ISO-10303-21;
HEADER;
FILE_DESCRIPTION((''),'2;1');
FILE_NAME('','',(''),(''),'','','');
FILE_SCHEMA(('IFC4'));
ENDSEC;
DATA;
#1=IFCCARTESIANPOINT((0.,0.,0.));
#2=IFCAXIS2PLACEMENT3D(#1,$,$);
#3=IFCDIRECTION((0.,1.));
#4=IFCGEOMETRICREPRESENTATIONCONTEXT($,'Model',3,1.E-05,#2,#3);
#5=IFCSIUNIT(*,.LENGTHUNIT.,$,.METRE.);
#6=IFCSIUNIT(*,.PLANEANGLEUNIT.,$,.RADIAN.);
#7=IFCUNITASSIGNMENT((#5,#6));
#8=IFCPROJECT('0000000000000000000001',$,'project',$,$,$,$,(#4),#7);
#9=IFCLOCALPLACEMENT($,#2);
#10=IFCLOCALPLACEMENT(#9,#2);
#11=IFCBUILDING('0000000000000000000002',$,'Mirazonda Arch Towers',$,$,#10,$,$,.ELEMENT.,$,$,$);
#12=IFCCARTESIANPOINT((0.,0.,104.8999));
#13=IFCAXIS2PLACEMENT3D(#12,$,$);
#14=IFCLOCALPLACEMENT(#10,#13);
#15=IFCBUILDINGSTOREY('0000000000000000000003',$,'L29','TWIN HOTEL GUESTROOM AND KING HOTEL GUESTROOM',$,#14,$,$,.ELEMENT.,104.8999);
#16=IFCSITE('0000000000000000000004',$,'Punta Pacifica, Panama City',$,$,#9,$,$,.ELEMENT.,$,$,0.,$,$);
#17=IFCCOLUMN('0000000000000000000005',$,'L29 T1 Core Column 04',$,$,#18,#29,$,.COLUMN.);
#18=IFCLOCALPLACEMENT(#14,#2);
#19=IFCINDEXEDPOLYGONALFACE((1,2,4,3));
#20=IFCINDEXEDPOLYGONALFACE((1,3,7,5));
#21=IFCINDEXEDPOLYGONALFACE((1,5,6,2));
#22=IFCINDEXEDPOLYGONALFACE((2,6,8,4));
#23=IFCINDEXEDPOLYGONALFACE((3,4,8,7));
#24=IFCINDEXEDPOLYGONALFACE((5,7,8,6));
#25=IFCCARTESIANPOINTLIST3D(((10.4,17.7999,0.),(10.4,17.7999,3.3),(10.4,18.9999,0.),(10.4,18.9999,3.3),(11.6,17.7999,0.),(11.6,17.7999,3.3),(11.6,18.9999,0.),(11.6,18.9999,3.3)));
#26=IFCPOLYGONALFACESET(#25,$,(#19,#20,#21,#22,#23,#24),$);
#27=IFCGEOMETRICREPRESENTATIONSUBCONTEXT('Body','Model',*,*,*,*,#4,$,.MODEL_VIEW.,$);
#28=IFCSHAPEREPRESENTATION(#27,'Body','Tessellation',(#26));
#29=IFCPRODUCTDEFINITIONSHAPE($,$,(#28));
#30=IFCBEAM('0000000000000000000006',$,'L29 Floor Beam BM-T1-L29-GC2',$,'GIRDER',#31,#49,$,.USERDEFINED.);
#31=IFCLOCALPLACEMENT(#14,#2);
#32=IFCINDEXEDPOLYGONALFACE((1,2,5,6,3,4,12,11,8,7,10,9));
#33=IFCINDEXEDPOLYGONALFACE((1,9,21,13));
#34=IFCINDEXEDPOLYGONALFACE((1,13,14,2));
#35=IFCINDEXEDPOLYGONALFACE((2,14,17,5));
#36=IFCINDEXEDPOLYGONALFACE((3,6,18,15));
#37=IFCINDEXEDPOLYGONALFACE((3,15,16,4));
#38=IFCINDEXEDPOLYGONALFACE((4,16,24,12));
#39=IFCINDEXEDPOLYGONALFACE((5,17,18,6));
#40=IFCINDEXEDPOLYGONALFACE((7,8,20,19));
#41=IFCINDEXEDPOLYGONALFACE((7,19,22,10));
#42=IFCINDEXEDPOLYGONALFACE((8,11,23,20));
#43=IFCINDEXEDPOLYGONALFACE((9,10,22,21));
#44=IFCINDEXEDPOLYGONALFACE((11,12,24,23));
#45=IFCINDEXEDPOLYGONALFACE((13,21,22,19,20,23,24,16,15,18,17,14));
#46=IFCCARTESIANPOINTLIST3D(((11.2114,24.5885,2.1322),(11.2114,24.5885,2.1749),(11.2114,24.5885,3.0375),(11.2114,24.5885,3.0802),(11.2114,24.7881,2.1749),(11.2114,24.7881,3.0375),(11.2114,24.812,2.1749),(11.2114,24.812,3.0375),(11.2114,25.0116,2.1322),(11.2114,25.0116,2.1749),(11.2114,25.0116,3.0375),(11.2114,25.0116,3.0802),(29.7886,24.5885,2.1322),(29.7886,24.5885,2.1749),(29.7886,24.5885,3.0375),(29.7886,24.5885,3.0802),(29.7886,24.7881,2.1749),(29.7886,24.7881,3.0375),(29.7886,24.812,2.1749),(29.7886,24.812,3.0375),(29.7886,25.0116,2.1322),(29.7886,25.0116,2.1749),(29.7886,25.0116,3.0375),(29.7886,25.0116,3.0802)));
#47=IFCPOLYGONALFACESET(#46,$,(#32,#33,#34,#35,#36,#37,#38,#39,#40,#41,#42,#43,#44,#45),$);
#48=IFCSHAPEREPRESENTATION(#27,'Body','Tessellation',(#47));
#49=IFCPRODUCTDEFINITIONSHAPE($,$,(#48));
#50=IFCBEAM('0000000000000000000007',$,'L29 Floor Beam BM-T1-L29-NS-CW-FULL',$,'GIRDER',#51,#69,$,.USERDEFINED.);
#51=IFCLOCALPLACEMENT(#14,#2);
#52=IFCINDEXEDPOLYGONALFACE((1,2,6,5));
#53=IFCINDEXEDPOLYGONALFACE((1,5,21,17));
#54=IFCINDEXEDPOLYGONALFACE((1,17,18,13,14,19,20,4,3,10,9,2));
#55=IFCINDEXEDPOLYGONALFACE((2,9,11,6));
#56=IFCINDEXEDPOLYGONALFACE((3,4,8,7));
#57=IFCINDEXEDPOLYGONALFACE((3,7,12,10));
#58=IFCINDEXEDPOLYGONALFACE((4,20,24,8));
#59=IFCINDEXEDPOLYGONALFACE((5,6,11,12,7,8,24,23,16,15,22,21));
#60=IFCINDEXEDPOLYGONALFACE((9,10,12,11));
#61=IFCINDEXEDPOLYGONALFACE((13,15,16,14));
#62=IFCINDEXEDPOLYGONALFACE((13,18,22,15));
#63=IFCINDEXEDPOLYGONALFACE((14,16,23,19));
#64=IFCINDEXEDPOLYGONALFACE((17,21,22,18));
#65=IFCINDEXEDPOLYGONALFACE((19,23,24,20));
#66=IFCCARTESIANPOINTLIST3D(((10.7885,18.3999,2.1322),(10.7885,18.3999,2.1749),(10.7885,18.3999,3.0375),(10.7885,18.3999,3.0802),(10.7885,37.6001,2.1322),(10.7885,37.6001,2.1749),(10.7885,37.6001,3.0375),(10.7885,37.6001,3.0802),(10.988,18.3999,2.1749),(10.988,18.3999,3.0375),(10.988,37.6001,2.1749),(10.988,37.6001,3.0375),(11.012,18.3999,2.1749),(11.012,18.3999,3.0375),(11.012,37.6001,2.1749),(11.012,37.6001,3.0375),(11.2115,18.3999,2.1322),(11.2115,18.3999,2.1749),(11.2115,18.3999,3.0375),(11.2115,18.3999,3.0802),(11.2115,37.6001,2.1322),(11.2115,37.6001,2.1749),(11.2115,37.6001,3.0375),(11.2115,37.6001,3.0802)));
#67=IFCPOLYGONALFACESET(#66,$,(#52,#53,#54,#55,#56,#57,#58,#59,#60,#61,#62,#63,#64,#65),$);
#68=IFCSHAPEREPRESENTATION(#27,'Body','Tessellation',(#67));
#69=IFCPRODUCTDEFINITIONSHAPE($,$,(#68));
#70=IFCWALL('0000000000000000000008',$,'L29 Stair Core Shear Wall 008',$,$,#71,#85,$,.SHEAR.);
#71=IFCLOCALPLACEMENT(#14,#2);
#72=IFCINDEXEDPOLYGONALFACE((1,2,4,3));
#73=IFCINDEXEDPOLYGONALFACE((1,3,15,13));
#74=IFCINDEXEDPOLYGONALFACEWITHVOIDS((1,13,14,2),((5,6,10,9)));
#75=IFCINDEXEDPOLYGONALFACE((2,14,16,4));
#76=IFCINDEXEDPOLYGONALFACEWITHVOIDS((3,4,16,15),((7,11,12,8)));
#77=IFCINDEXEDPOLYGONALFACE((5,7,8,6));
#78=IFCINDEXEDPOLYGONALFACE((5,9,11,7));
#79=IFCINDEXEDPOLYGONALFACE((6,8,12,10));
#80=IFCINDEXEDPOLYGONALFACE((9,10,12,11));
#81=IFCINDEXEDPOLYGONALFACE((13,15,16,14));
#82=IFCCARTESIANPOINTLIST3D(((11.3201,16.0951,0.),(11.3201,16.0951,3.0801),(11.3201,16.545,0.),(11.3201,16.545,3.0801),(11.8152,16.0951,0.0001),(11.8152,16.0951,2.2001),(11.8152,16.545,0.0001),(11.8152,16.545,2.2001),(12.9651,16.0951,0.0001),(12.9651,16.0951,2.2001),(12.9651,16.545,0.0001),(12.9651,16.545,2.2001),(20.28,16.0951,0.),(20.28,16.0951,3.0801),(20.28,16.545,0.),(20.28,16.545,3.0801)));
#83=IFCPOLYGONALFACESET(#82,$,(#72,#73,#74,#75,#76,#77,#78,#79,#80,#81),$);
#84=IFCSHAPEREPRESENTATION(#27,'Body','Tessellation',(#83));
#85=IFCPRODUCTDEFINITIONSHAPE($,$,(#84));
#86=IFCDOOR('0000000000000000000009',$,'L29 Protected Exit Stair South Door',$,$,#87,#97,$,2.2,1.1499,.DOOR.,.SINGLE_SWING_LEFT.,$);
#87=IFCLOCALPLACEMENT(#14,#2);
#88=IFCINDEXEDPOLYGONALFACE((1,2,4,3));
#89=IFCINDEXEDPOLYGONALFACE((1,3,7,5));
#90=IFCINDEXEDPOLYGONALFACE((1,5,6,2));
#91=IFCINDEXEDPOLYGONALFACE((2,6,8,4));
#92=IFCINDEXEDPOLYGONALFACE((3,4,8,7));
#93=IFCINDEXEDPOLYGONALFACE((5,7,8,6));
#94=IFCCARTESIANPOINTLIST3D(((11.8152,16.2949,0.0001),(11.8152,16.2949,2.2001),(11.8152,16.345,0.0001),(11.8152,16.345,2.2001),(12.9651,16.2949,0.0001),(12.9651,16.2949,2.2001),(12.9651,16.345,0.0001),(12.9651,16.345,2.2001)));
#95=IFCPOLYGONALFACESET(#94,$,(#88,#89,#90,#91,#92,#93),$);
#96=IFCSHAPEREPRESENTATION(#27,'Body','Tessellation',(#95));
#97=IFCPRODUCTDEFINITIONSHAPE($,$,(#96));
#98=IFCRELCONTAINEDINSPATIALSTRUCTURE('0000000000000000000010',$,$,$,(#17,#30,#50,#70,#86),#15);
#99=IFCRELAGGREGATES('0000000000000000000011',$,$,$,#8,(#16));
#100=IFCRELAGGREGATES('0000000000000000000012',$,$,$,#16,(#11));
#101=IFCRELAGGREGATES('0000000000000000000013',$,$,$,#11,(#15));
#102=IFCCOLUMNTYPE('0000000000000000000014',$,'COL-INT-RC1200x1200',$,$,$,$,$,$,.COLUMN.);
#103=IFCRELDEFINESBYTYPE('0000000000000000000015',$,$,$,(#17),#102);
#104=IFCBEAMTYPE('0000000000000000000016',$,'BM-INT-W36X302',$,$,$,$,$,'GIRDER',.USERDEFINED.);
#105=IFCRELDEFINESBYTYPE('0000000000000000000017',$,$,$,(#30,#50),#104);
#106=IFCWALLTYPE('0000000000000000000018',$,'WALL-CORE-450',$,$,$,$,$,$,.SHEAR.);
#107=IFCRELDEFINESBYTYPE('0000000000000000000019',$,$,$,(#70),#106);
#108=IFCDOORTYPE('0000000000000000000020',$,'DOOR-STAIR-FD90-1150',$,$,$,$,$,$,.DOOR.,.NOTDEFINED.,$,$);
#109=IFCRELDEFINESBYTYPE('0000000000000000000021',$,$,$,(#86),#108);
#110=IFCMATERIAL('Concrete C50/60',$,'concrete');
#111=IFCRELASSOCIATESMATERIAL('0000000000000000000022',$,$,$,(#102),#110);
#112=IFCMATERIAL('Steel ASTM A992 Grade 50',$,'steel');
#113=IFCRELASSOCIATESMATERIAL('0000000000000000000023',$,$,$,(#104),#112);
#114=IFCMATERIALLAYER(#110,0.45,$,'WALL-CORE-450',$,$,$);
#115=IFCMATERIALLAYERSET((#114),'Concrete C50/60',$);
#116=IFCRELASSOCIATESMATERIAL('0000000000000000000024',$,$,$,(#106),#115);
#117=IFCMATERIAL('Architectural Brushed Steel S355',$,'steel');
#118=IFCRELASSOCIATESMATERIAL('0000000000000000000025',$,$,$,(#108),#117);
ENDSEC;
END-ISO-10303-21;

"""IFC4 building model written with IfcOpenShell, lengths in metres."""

from ifc_helpers import new_model, si_unit, direction, frame, frame_2d, origin, origin_2d, place, context, subcontext, project, spatial, rectangle, i_section, extrude, material, layer, layer_set, material_profile, profile_set, type_object, element, fill, save


model = new_model("IFC4")

# Units and contexts
model_context = context("Model", 3, precision=1e-05, world=origin(), true_north=direction((0.0, 1.0)))
body_context = subcontext(model_context, "Body", "Model", "MODEL_VIEW")
ifc_project = project(units=[si_unit("LENGTHUNIT", "METRE"), si_unit("PLANEANGLEUNIT", "RADIAN")], contexts=[model_context])

# Site, building, storey
site_placement = place(None, origin())
site = spatial("IfcSite", under=ifc_project, at=site_placement, Name="Punta Pacifica, Panama City", CompositionType="ELEMENT", RefElevation=0.0)
building_placement = place(site_placement, origin())
building = spatial("IfcBuilding", under=site, at=building_placement, Name="Mirazonda Arch Towers", CompositionType="ELEMENT")
storey_placement = place(building_placement, frame((0.0, 0.0, 104.8999)))
storey = spatial("IfcBuildingStorey", under=building, at=storey_placement, Name="L29", Description="TWIN HOTEL GUESTROOM AND KING HOTEL GUESTROOM", CompositionType="ELEMENT", Elevation=104.8999)

# Column
ifc_material_1 = material(Name="Concrete C50/60", Category="concrete")
ifc_material_profile_1 = material_profile(ifc_material_1, rectangle(XDim=1.2, YDim=1.2, at=origin_2d()), Name="RC1200x1200")
ifc_profile_set_1 = profile_set([ifc_material_profile_1], Name="Concrete C50/60")
column_type = type_object("IfcColumnType", Name="COL-INT-RC1200x1200", PredefinedType="COLUMN", material=ifc_profile_set_1)
column_placement = place(storey_placement, frame((11.0, 18.3999, 0.0), z_axis=(0.0, 0.0, 1.0), x_axis=(1.0, 0.0, 0.0)))
element("IfcColumn", 1, at=column_placement, inside=storey, type_object=column_type, Name="L29 T1 Core Column 04", PredefinedType="COLUMN", context=body_context, shape_type="SweptSolid", body=[
    extrude(rectangle(XDim=1.2, YDim=1.2, at=origin_2d()), origin(), (0.0, 0.0, 1.0), 3.3),
])

# Beams
ifc_material_2 = material(Name="Steel ASTM A992 Grade 50", Category="steel")
ifc_material_profile_2 = material_profile(ifc_material_2, i_section(OverallWidth=0.4231, OverallDepth=0.948, WebThickness=0.0239, FlangeThickness=0.0427, at=origin_2d()), Name="W36X302")
ifc_profile_set_2 = profile_set([ifc_material_profile_2], Name="Steel ASTM A992 Grade 50")
beam_type = type_object("IfcBeamType", Name="BM-INT-W36X302", ElementType="GIRDER", PredefinedType="USERDEFINED", material=ifc_profile_set_2)
beam_1_placement = place(storey_placement, frame((11.2114, 24.8, 2.6062), z_axis=(1.0, 0.0, 0.0), x_axis=(0.0, 1.0, 0.0)))
element("IfcBeam", 2, at=beam_1_placement, inside=storey, type_object=beam_type, Name="L29 Floor Beam BM-T1-L29-GC2", ObjectType="GIRDER", PredefinedType="USERDEFINED", context=body_context, shape_type="SweptSolid", body=[
    extrude(i_section(OverallWidth=0.4231, OverallDepth=0.948, WebThickness=0.0239, FlangeThickness=0.0427, at=origin_2d()), origin(), (0.0, 0.0, 1.0), 18.5771),
])
beam_2_placement = place(storey_placement, frame((11.0, 18.3999, 2.6062), z_axis=(0.0, 1.0, 0.0), x_axis=(-1.0, 0.0, 0.0)))
element("IfcBeam", 3, at=beam_2_placement, inside=storey, type_object=beam_type, Name="L29 Floor Beam BM-T1-L29-NS-CW-FULL", ObjectType="GIRDER", PredefinedType="USERDEFINED", context=body_context, shape_type="SweptSolid", body=[
    extrude(i_section(OverallWidth=0.4231, OverallDepth=0.948, WebThickness=0.0239, FlangeThickness=0.0427, at=origin_2d()), origin(), (0.0, 0.0, 1.0), 19.2002),
])

# Wall, opening, door
ifc_layer_1 = layer(ifc_material_1, 0.45, Name="WALL-CORE-450")
ifc_layer_set_1 = layer_set([ifc_layer_1], Name="Concrete C50/60")
wall_type_1 = type_object("IfcWallType", Name="WALL-CORE-450", PredefinedType="SHEAR", material=ifc_layer_set_1)
wall_1_placement = place(storey_placement, frame((11.3201, 16.3201, 0.0), z_axis=(0.0, 0.0, 1.0), x_axis=(1.0, 0.0, 0.0)))
wall_1 = element("IfcWall", 4, at=wall_1_placement, inside=storey, type_object=wall_type_1, Name="L29 Stair Core Shear Wall 008", PredefinedType="SHEAR", context=body_context, shape_type="SweptSolid", body=[
    extrude(rectangle(XDim=8.96, YDim=0.45, at=frame_2d((4.48, 0.0))), origin(), (0.0, 0.0, 1.0), 3.0801),
])
opening_1_placement = place(wall_1_placement, frame((0.4951, 0.0, 0.0)))
opening_1 = element("IfcOpeningElement", 5, at=opening_1_placement, cuts=wall_1, PredefinedType="OPENING", context=body_context, shape_type="SweptSolid", body=[
    extrude(rectangle(XDim=1.1499, YDim=2.2, at=frame_2d((0.575, 1.1001))), frame((0.0, 0.2349, 0.0), z_axis=(0.0, -1.0, 0.0), x_axis=(1.0, 0.0, 0.0)), (0.0, 0.0, 1.0), 0.47),
])
ifc_material_3 = material(Name="Architectural Brushed Steel S355", Category="steel")
door_type_1 = type_object("IfcDoorType", Name="DOOR-STAIR-FD90-1150", OperationType="NOTDEFINED", PredefinedType="DOOR", material=ifc_material_3)
door_1_placement = place(opening_1_placement, origin())
door_1 = element("IfcDoor", 6, at=door_1_placement, inside=storey, type_object=door_type_1, Name="L29 Protected Exit Stair South Door", OperationType="SINGLE_SWING_LEFT", OverallHeight=2.2, OverallWidth=1.1499, PredefinedType="DOOR", context=body_context, shape_type="SweptSolid", body=[
    extrude(rectangle(XDim=1.1499, YDim=2.2, at=frame_2d((0.575, 1.1001))), frame((0.0, 0.0249, 0.0), z_axis=(0.0, -1.0, 0.0), x_axis=(1.0, 0.0, 0.0)), (0.0, 0.0, 1.0), 0.05),
])
fill(opening_1, door_1)

save(model, "model.ifc")
